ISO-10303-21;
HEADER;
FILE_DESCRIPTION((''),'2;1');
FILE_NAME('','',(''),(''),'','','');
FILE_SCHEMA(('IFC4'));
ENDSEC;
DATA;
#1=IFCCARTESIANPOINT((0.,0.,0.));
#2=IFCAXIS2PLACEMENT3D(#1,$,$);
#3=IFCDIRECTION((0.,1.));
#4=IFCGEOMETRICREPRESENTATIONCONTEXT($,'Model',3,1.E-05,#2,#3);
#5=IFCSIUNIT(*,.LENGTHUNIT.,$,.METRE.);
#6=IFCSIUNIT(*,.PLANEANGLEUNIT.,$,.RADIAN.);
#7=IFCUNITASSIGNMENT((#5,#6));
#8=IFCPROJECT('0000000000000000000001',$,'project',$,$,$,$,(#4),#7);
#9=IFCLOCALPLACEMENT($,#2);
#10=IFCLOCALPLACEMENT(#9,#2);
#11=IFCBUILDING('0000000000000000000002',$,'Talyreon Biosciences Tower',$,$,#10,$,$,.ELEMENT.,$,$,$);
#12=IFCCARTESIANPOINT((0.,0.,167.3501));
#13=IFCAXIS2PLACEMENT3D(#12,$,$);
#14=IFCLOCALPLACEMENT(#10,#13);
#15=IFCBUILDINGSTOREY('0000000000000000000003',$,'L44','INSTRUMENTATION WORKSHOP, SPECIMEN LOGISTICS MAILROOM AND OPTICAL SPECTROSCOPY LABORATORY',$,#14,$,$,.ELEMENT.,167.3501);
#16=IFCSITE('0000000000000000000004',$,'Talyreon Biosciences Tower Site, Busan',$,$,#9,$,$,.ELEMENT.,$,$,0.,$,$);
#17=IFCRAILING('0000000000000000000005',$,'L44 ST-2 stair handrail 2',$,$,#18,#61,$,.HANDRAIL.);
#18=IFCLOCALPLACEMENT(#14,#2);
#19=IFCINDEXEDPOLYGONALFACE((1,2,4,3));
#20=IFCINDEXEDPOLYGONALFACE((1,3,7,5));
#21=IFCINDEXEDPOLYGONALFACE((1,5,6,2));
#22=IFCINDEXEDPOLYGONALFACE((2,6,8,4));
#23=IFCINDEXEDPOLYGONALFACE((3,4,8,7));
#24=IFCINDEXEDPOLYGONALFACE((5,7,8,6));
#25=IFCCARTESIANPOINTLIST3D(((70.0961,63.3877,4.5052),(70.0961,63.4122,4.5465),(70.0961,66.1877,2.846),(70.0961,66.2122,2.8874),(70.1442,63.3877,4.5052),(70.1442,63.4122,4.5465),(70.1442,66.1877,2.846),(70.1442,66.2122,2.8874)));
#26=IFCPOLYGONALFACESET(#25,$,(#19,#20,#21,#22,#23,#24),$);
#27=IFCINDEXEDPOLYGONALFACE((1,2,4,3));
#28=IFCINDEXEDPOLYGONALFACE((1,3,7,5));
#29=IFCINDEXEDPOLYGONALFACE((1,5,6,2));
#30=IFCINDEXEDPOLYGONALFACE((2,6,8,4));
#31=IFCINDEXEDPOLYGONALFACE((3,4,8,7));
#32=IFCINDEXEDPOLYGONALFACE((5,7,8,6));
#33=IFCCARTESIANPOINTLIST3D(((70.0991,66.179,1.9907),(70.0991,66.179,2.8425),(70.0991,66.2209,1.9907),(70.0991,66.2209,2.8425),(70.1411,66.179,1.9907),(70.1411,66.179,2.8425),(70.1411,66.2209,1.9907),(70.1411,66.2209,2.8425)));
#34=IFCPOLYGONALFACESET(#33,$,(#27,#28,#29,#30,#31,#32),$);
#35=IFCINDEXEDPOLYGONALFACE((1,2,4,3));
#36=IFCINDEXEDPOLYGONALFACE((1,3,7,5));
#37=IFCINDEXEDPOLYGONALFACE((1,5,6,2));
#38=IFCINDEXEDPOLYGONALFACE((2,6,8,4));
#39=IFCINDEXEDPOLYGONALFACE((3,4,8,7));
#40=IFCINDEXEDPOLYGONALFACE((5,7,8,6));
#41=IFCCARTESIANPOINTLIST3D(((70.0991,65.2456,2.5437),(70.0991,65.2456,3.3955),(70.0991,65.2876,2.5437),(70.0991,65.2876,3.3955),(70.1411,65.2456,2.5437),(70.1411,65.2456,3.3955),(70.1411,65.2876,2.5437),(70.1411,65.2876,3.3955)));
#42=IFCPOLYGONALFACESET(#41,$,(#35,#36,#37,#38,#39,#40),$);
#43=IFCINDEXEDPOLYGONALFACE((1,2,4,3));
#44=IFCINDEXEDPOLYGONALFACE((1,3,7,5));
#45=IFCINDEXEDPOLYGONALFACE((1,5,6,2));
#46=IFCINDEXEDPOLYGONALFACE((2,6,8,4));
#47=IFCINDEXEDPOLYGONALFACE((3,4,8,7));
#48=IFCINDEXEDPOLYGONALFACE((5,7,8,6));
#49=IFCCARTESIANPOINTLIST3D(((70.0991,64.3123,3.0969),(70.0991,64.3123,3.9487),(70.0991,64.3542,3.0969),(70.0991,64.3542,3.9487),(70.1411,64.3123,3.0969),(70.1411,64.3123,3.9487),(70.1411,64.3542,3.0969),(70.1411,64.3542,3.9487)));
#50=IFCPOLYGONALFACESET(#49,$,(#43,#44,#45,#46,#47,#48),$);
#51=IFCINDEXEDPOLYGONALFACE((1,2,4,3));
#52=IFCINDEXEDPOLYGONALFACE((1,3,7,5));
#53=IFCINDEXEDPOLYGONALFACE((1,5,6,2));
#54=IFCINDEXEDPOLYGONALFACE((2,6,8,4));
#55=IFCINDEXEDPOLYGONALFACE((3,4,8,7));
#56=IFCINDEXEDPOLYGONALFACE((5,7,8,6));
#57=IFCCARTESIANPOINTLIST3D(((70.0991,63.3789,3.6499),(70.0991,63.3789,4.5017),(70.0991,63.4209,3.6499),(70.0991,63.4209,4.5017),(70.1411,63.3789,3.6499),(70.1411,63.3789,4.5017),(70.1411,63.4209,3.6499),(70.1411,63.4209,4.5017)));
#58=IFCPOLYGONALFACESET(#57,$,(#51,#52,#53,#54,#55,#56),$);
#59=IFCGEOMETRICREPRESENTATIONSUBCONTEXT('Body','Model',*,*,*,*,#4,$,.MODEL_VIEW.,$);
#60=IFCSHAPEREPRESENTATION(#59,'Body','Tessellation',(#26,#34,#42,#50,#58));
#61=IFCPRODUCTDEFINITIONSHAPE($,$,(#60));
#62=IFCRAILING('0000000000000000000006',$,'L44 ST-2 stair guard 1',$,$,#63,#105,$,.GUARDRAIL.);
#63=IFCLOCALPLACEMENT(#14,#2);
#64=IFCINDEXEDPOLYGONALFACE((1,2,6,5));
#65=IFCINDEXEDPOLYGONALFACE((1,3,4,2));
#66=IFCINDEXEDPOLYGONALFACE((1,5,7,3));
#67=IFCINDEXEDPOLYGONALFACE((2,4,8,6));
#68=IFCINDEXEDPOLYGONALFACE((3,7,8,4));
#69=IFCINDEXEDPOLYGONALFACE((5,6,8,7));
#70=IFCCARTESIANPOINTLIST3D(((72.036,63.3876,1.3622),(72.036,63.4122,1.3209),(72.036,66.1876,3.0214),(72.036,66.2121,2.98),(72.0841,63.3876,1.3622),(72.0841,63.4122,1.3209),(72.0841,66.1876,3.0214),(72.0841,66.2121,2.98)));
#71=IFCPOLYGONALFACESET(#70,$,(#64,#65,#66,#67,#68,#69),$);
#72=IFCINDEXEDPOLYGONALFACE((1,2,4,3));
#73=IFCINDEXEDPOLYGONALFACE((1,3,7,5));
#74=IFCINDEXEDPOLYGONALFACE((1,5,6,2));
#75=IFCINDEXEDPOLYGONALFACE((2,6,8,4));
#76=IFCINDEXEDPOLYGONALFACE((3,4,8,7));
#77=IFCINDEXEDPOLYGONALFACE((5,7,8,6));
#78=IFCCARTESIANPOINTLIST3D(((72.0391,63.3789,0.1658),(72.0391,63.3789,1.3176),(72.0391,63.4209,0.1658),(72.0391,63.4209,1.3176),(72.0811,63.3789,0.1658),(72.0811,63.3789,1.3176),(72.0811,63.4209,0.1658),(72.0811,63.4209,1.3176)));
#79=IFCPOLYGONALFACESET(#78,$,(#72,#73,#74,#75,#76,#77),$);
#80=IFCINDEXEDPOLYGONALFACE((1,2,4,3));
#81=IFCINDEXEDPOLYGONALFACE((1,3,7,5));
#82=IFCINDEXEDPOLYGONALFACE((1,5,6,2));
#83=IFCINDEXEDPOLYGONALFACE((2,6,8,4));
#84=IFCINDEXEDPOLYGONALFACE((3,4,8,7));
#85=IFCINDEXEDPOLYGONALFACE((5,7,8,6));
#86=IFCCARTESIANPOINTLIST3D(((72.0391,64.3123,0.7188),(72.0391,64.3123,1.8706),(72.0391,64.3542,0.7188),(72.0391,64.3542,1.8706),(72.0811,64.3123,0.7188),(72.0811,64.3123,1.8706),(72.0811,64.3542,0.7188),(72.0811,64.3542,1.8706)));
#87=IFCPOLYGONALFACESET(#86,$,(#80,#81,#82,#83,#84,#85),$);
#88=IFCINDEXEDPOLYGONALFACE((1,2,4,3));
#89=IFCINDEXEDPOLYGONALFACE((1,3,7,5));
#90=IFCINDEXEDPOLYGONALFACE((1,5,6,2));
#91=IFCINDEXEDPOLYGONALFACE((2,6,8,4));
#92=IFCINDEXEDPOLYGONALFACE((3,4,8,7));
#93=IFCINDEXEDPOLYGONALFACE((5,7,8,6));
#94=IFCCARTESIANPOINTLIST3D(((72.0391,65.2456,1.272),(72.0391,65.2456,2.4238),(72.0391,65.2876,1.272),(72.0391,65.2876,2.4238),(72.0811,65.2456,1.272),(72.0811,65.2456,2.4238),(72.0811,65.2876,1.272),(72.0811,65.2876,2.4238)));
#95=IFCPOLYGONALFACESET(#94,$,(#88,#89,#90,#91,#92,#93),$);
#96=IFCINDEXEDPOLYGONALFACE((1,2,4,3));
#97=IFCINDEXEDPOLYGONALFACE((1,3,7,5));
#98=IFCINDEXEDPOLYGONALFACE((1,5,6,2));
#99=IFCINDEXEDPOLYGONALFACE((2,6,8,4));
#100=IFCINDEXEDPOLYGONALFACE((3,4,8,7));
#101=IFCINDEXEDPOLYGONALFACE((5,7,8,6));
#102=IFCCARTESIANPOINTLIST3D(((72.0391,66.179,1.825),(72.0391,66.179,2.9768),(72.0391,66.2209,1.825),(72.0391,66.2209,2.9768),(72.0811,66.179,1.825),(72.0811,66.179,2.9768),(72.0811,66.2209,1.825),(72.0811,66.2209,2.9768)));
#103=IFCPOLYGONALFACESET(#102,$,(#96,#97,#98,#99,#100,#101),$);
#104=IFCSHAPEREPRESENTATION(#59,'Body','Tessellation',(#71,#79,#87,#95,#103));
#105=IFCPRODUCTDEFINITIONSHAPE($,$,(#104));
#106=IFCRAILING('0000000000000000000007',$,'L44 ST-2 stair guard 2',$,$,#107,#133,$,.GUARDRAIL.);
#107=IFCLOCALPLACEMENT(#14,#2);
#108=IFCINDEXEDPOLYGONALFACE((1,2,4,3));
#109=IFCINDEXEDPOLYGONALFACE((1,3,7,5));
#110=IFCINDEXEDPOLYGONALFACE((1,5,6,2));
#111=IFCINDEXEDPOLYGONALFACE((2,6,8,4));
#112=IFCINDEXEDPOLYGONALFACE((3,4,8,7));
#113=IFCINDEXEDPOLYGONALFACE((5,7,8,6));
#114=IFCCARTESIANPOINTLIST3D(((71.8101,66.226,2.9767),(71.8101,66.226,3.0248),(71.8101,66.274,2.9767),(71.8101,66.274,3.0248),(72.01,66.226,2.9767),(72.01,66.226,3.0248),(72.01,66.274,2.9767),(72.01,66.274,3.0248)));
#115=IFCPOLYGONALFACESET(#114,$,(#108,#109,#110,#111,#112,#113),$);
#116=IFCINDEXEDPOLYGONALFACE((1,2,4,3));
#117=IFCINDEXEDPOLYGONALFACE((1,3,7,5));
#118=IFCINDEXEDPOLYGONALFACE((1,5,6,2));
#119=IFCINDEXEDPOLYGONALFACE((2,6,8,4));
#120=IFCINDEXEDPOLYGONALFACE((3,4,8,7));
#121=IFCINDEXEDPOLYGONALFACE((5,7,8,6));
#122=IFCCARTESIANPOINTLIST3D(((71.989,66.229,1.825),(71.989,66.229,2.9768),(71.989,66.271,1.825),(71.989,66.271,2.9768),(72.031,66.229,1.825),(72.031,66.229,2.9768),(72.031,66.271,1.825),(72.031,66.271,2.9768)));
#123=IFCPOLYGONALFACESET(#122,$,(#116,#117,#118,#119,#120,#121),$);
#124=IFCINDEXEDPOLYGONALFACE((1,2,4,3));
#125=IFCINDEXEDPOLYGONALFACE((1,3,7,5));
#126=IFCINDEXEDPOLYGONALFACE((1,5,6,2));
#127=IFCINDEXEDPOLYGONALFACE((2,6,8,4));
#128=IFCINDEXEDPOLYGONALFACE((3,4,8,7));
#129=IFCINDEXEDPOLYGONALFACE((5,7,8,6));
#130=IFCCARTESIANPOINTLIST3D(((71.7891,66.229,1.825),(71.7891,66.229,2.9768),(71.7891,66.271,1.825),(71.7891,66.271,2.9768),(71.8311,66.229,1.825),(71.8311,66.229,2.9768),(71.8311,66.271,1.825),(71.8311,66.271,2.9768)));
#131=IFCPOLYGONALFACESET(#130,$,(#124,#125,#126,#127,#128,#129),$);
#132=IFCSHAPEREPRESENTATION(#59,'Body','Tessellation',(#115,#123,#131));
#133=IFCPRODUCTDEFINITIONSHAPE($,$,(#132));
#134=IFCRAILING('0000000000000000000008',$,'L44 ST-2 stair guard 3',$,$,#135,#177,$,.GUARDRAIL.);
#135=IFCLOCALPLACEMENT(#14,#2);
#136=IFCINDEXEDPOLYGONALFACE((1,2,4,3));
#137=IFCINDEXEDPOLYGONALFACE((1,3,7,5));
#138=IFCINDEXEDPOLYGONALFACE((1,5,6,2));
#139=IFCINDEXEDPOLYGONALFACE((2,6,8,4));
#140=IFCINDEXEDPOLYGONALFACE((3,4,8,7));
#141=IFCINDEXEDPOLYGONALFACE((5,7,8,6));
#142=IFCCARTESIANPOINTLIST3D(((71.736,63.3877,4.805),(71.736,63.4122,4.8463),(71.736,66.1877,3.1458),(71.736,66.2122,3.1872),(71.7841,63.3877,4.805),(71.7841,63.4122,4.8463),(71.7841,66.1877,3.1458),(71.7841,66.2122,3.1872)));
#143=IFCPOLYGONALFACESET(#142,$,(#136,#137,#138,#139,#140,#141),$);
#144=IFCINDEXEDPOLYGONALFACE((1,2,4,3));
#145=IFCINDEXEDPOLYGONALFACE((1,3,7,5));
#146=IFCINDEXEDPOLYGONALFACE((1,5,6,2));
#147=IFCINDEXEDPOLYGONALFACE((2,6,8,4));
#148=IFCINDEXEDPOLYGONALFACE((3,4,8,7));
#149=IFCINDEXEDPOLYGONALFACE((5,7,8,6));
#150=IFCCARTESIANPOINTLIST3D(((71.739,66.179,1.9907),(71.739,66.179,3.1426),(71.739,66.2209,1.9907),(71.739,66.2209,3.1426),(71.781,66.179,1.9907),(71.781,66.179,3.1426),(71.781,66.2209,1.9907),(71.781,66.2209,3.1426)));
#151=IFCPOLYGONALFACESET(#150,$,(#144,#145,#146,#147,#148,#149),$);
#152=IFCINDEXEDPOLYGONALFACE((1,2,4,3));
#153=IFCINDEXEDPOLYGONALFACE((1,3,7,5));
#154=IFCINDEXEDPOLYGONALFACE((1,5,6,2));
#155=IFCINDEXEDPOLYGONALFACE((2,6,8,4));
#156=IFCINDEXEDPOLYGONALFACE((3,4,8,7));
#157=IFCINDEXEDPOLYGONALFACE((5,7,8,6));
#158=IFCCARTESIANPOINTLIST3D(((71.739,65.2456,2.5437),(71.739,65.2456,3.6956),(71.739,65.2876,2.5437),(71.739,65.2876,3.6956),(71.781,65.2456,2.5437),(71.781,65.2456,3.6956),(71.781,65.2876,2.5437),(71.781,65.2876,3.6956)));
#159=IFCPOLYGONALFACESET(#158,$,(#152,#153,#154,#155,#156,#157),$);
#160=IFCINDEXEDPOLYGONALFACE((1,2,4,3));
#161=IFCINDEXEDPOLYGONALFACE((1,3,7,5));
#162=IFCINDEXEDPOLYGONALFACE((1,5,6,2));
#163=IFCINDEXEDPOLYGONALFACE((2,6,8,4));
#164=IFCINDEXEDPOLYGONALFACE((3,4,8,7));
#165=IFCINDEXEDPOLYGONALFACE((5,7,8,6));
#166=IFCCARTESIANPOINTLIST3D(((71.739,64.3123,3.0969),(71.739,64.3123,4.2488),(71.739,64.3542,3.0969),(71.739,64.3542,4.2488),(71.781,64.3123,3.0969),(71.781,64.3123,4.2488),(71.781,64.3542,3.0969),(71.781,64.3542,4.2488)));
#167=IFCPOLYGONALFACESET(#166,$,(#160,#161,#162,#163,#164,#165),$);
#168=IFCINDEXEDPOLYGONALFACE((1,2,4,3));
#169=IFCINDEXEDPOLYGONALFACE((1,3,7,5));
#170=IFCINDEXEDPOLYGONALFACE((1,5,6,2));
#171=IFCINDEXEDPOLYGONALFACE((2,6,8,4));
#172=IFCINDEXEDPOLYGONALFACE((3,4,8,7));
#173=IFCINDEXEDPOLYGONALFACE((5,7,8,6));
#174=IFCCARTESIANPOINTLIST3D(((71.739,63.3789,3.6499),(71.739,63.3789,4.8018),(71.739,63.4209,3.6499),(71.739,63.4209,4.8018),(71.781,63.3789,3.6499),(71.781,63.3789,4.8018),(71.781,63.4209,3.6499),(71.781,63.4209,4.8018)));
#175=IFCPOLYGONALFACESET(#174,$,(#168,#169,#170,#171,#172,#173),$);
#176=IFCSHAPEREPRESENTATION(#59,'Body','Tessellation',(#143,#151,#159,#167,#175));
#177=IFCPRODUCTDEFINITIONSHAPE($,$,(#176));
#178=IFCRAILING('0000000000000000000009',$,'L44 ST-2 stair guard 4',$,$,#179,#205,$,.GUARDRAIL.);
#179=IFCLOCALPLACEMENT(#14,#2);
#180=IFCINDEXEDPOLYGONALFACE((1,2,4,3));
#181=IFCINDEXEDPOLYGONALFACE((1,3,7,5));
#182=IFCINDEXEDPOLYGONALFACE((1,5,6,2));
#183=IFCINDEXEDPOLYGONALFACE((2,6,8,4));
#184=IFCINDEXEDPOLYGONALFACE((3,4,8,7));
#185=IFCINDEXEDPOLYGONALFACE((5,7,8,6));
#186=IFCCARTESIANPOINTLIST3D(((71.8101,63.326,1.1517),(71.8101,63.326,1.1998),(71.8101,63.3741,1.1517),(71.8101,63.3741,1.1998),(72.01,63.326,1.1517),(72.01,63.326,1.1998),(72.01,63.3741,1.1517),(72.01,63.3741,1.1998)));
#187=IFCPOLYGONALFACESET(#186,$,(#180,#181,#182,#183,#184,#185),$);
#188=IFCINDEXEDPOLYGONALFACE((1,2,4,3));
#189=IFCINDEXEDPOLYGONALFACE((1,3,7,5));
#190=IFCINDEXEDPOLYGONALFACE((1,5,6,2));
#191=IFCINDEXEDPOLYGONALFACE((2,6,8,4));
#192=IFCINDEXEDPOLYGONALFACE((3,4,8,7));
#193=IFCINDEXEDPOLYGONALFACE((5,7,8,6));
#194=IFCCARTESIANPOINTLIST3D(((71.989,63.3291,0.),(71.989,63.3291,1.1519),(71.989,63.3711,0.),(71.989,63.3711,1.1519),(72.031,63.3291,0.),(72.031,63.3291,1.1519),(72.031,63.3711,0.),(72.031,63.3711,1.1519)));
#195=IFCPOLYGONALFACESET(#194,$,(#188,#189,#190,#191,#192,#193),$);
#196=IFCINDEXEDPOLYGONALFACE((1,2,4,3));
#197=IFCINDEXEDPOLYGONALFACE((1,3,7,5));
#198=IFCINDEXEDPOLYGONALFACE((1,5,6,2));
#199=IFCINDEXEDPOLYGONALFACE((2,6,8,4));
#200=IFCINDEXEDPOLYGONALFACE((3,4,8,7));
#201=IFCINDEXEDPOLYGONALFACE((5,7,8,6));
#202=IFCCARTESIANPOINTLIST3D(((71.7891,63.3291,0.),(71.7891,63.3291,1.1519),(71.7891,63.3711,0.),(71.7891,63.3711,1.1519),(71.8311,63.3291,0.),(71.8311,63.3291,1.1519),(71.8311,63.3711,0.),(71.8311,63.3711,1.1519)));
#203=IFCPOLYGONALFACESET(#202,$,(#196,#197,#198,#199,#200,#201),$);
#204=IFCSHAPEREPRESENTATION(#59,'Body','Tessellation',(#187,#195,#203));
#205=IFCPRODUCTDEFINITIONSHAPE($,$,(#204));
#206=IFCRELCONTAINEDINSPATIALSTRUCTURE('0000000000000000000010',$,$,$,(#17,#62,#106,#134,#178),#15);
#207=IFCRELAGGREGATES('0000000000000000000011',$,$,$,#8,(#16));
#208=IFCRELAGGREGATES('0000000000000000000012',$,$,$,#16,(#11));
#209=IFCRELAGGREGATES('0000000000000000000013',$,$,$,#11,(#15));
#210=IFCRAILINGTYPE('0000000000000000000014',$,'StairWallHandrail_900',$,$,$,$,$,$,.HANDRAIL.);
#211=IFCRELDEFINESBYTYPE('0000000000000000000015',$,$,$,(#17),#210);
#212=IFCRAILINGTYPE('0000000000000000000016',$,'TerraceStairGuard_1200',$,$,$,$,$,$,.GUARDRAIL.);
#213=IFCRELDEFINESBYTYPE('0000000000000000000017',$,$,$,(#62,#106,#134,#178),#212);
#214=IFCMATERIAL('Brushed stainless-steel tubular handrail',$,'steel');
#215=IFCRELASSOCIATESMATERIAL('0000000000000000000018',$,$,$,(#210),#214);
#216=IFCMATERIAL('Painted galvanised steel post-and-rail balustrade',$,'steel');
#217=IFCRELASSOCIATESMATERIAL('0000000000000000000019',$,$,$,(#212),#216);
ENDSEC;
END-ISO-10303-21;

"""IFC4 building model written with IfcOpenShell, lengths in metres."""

from ifc_helpers import new_model, si_unit, direction, frame, origin, origin_2d, place, context, subcontext, project, spatial, rectangle, extrude, material, type_object, element, save


model = new_model("IFC4")

# Units and contexts
model_context = context("Model", 3, precision=1e-05, world=origin(), true_north=direction((0.0, 1.0)))
body_context = subcontext(model_context, "Body", "Model", "MODEL_VIEW")
ifc_project = project(units=[si_unit("LENGTHUNIT", "METRE"), si_unit("PLANEANGLEUNIT", "RADIAN")], contexts=[model_context])

# Site, building, storey
site_placement = place(None, origin())
site = spatial("IfcSite", under=ifc_project, at=site_placement, Name="Talyreon Biosciences Tower Site, Busan", CompositionType="ELEMENT", RefElevation=0.0)
building_placement = place(site_placement, origin())
building = spatial("IfcBuilding", under=site, at=building_placement, Name="Talyreon Biosciences Tower", CompositionType="ELEMENT")
storey_placement = place(building_placement, frame((0.0, 0.0, 167.3501)))
storey = spatial("IfcBuildingStorey", under=building, at=storey_placement, Name="L44", Description="INSTRUMENTATION WORKSHOP, SPECIMEN LOGISTICS MAILROOM AND OPTICAL SPECTROSCOPY LABORATORY", CompositionType="ELEMENT", Elevation=167.3501)

# Railings
ifc_material_1 = material(Name="Brushed stainless-steel tubular handrail", Category="steel")
railing_type_1 = type_object("IfcRailingType", Name="StairWallHandrail_900", PredefinedType="HANDRAIL", material=ifc_material_1)
railing_1_placement = place(storey_placement, frame((70.1201, 66.2, 1.9907)))
element("IfcRailing", 1, at=railing_1_placement, inside=storey, type_object=railing_type_1, Name="L44 ST-2 stair handrail 2", PredefinedType="HANDRAIL", context=body_context, shape_type="SweptSolid", body=[
    extrude(rectangle(XDim=0.0481, YDim=0.0481, at=origin_2d()), frame((0.0, 0.0, 0.876), z_axis=(0.0, -0.860306, 0.509778), x_axis=(1.0, 0.0, 0.0)), (0.0, 0.0, 1.0), 3.2546),
    extrude(rectangle(XDim=0.042, YDim=0.042, at=origin_2d()), origin(), (0.0, 0.0, 1.0), 0.8518),
    extrude(rectangle(XDim=0.042, YDim=0.042, at=origin_2d()), frame((0.0, -0.9333, 0.553)), (0.0, 0.0, 1.0), 0.8518),
    extrude(rectangle(XDim=0.042, YDim=0.042, at=origin_2d()), frame((0.0, -1.8667, 1.1062)), (0.0, 0.0, 1.0), 0.8518),
    extrude(rectangle(XDim=0.042, YDim=0.042, at=origin_2d()), frame((0.0, -2.8, 1.6592)), (0.0, 0.0, 1.0), 0.8518),
])
ifc_material_2 = material(Name="Painted galvanised steel post-and-rail balustrade", Category="steel")
railing_type_2 = type_object("IfcRailingType", Name="TerraceStairGuard_1200", PredefinedType="GUARDRAIL", material=ifc_material_2)
railing_2_placement = place(storey_placement, frame((72.0601, 63.3999, 0.1658)))
element("IfcRailing", 2, at=railing_2_placement, inside=storey, type_object=railing_type_2, Name="L44 ST-2 stair guard 1", PredefinedType="GUARDRAIL", context=body_context, shape_type="SweptSolid", body=[
    extrude(rectangle(XDim=0.0481, YDim=0.0481, at=origin_2d()), frame((0.0, 0.0, 1.1758), z_axis=(0.0, 0.860306, 0.509778), x_axis=(-1.0, 0.0, 0.0)), (0.0, 0.0, 1.0), 3.2546),
    extrude(rectangle(XDim=0.042, YDim=0.042, at=origin_2d()), origin(), (0.0, 0.0, 1.0), 1.1519),
    extrude(rectangle(XDim=0.042, YDim=0.042, at=origin_2d()), frame((0.0, 0.9333, 0.553)), (0.0, 0.0, 1.0), 1.1519),
    extrude(rectangle(XDim=0.042, YDim=0.042, at=origin_2d()), frame((0.0, 1.8667, 1.1062)), (0.0, 0.0, 1.0), 1.1519),
    extrude(rectangle(XDim=0.042, YDim=0.042, at=origin_2d()), frame((0.0, 2.8, 1.6592)), (0.0, 0.0, 1.0), 1.1519),
])
railing_3_placement = place(storey_placement, frame((72.01, 66.25, 1.825)))
element("IfcRailing", 3, at=railing_3_placement, inside=storey, type_object=railing_type_2, Name="L44 ST-2 stair guard 2", PredefinedType="GUARDRAIL", context=body_context, shape_type="SweptSolid", body=[
    extrude(rectangle(XDim=0.0481, YDim=0.0481, at=origin_2d()), frame((0.0, 0.0, 1.1758), z_axis=(-1.0, 0.0, 0.0), x_axis=(0.0, -1.0, 0.0)), (0.0, 0.0, 1.0), 0.2),
    extrude(rectangle(XDim=0.042, YDim=0.042, at=origin_2d()), origin(), (0.0, 0.0, 1.0), 1.1519),
    extrude(rectangle(XDim=0.042, YDim=0.042, at=origin_2d()), frame((-0.2, 0.0, 0.0)), (0.0, 0.0, 1.0), 1.1519),
])
railing_4_placement = place(storey_placement, frame((71.76, 66.2, 1.9907)))
element("IfcRailing", 4, at=railing_4_placement, inside=storey, type_object=railing_type_2, Name="L44 ST-2 stair guard 3", PredefinedType="GUARDRAIL", context=body_context, shape_type="SweptSolid", body=[
    extrude(rectangle(XDim=0.0481, YDim=0.0481, at=origin_2d()), frame((0.0, 0.0, 1.1758), z_axis=(0.0, -0.860306, 0.509778), x_axis=(1.0, 0.0, 0.0)), (0.0, 0.0, 1.0), 3.2546),
    extrude(rectangle(XDim=0.042, YDim=0.042, at=origin_2d()), origin(), (0.0, 0.0, 1.0), 1.1519),
    extrude(rectangle(XDim=0.042, YDim=0.042, at=origin_2d()), frame((0.0, -0.9333, 0.553)), (0.0, 0.0, 1.0), 1.1519),
    extrude(rectangle(XDim=0.042, YDim=0.042, at=origin_2d()), frame((0.0, -1.8667, 1.1062)), (0.0, 0.0, 1.0), 1.1519),
    extrude(rectangle(XDim=0.042, YDim=0.042, at=origin_2d()), frame((0.0, -2.8, 1.6592)), (0.0, 0.0, 1.0), 1.1519),
])
railing_5_placement = place(storey_placement, frame((72.01, 63.3501, 0.0)))
element("IfcRailing", 5, at=railing_5_placement, inside=storey, type_object=railing_type_2, Name="L44 ST-2 stair guard 4", PredefinedType="GUARDRAIL", context=body_context, shape_type="SweptSolid", body=[
    extrude(rectangle(XDim=0.0481, YDim=0.0481, at=origin_2d()), frame((0.0, 0.0, 1.1758), z_axis=(-1.0, 0.0, 0.0), x_axis=(0.0, -1.0, 0.0)), (0.0, 0.0, 1.0), 0.2),
    extrude(rectangle(XDim=0.042, YDim=0.042, at=origin_2d()), origin(), (0.0, 0.0, 1.0), 1.1519),
    extrude(rectangle(XDim=0.042, YDim=0.042, at=origin_2d()), frame((-0.2, 0.0, 0.0)), (0.0, 0.0, 1.0), 1.1519),
])

save(model, "model.ifc")
